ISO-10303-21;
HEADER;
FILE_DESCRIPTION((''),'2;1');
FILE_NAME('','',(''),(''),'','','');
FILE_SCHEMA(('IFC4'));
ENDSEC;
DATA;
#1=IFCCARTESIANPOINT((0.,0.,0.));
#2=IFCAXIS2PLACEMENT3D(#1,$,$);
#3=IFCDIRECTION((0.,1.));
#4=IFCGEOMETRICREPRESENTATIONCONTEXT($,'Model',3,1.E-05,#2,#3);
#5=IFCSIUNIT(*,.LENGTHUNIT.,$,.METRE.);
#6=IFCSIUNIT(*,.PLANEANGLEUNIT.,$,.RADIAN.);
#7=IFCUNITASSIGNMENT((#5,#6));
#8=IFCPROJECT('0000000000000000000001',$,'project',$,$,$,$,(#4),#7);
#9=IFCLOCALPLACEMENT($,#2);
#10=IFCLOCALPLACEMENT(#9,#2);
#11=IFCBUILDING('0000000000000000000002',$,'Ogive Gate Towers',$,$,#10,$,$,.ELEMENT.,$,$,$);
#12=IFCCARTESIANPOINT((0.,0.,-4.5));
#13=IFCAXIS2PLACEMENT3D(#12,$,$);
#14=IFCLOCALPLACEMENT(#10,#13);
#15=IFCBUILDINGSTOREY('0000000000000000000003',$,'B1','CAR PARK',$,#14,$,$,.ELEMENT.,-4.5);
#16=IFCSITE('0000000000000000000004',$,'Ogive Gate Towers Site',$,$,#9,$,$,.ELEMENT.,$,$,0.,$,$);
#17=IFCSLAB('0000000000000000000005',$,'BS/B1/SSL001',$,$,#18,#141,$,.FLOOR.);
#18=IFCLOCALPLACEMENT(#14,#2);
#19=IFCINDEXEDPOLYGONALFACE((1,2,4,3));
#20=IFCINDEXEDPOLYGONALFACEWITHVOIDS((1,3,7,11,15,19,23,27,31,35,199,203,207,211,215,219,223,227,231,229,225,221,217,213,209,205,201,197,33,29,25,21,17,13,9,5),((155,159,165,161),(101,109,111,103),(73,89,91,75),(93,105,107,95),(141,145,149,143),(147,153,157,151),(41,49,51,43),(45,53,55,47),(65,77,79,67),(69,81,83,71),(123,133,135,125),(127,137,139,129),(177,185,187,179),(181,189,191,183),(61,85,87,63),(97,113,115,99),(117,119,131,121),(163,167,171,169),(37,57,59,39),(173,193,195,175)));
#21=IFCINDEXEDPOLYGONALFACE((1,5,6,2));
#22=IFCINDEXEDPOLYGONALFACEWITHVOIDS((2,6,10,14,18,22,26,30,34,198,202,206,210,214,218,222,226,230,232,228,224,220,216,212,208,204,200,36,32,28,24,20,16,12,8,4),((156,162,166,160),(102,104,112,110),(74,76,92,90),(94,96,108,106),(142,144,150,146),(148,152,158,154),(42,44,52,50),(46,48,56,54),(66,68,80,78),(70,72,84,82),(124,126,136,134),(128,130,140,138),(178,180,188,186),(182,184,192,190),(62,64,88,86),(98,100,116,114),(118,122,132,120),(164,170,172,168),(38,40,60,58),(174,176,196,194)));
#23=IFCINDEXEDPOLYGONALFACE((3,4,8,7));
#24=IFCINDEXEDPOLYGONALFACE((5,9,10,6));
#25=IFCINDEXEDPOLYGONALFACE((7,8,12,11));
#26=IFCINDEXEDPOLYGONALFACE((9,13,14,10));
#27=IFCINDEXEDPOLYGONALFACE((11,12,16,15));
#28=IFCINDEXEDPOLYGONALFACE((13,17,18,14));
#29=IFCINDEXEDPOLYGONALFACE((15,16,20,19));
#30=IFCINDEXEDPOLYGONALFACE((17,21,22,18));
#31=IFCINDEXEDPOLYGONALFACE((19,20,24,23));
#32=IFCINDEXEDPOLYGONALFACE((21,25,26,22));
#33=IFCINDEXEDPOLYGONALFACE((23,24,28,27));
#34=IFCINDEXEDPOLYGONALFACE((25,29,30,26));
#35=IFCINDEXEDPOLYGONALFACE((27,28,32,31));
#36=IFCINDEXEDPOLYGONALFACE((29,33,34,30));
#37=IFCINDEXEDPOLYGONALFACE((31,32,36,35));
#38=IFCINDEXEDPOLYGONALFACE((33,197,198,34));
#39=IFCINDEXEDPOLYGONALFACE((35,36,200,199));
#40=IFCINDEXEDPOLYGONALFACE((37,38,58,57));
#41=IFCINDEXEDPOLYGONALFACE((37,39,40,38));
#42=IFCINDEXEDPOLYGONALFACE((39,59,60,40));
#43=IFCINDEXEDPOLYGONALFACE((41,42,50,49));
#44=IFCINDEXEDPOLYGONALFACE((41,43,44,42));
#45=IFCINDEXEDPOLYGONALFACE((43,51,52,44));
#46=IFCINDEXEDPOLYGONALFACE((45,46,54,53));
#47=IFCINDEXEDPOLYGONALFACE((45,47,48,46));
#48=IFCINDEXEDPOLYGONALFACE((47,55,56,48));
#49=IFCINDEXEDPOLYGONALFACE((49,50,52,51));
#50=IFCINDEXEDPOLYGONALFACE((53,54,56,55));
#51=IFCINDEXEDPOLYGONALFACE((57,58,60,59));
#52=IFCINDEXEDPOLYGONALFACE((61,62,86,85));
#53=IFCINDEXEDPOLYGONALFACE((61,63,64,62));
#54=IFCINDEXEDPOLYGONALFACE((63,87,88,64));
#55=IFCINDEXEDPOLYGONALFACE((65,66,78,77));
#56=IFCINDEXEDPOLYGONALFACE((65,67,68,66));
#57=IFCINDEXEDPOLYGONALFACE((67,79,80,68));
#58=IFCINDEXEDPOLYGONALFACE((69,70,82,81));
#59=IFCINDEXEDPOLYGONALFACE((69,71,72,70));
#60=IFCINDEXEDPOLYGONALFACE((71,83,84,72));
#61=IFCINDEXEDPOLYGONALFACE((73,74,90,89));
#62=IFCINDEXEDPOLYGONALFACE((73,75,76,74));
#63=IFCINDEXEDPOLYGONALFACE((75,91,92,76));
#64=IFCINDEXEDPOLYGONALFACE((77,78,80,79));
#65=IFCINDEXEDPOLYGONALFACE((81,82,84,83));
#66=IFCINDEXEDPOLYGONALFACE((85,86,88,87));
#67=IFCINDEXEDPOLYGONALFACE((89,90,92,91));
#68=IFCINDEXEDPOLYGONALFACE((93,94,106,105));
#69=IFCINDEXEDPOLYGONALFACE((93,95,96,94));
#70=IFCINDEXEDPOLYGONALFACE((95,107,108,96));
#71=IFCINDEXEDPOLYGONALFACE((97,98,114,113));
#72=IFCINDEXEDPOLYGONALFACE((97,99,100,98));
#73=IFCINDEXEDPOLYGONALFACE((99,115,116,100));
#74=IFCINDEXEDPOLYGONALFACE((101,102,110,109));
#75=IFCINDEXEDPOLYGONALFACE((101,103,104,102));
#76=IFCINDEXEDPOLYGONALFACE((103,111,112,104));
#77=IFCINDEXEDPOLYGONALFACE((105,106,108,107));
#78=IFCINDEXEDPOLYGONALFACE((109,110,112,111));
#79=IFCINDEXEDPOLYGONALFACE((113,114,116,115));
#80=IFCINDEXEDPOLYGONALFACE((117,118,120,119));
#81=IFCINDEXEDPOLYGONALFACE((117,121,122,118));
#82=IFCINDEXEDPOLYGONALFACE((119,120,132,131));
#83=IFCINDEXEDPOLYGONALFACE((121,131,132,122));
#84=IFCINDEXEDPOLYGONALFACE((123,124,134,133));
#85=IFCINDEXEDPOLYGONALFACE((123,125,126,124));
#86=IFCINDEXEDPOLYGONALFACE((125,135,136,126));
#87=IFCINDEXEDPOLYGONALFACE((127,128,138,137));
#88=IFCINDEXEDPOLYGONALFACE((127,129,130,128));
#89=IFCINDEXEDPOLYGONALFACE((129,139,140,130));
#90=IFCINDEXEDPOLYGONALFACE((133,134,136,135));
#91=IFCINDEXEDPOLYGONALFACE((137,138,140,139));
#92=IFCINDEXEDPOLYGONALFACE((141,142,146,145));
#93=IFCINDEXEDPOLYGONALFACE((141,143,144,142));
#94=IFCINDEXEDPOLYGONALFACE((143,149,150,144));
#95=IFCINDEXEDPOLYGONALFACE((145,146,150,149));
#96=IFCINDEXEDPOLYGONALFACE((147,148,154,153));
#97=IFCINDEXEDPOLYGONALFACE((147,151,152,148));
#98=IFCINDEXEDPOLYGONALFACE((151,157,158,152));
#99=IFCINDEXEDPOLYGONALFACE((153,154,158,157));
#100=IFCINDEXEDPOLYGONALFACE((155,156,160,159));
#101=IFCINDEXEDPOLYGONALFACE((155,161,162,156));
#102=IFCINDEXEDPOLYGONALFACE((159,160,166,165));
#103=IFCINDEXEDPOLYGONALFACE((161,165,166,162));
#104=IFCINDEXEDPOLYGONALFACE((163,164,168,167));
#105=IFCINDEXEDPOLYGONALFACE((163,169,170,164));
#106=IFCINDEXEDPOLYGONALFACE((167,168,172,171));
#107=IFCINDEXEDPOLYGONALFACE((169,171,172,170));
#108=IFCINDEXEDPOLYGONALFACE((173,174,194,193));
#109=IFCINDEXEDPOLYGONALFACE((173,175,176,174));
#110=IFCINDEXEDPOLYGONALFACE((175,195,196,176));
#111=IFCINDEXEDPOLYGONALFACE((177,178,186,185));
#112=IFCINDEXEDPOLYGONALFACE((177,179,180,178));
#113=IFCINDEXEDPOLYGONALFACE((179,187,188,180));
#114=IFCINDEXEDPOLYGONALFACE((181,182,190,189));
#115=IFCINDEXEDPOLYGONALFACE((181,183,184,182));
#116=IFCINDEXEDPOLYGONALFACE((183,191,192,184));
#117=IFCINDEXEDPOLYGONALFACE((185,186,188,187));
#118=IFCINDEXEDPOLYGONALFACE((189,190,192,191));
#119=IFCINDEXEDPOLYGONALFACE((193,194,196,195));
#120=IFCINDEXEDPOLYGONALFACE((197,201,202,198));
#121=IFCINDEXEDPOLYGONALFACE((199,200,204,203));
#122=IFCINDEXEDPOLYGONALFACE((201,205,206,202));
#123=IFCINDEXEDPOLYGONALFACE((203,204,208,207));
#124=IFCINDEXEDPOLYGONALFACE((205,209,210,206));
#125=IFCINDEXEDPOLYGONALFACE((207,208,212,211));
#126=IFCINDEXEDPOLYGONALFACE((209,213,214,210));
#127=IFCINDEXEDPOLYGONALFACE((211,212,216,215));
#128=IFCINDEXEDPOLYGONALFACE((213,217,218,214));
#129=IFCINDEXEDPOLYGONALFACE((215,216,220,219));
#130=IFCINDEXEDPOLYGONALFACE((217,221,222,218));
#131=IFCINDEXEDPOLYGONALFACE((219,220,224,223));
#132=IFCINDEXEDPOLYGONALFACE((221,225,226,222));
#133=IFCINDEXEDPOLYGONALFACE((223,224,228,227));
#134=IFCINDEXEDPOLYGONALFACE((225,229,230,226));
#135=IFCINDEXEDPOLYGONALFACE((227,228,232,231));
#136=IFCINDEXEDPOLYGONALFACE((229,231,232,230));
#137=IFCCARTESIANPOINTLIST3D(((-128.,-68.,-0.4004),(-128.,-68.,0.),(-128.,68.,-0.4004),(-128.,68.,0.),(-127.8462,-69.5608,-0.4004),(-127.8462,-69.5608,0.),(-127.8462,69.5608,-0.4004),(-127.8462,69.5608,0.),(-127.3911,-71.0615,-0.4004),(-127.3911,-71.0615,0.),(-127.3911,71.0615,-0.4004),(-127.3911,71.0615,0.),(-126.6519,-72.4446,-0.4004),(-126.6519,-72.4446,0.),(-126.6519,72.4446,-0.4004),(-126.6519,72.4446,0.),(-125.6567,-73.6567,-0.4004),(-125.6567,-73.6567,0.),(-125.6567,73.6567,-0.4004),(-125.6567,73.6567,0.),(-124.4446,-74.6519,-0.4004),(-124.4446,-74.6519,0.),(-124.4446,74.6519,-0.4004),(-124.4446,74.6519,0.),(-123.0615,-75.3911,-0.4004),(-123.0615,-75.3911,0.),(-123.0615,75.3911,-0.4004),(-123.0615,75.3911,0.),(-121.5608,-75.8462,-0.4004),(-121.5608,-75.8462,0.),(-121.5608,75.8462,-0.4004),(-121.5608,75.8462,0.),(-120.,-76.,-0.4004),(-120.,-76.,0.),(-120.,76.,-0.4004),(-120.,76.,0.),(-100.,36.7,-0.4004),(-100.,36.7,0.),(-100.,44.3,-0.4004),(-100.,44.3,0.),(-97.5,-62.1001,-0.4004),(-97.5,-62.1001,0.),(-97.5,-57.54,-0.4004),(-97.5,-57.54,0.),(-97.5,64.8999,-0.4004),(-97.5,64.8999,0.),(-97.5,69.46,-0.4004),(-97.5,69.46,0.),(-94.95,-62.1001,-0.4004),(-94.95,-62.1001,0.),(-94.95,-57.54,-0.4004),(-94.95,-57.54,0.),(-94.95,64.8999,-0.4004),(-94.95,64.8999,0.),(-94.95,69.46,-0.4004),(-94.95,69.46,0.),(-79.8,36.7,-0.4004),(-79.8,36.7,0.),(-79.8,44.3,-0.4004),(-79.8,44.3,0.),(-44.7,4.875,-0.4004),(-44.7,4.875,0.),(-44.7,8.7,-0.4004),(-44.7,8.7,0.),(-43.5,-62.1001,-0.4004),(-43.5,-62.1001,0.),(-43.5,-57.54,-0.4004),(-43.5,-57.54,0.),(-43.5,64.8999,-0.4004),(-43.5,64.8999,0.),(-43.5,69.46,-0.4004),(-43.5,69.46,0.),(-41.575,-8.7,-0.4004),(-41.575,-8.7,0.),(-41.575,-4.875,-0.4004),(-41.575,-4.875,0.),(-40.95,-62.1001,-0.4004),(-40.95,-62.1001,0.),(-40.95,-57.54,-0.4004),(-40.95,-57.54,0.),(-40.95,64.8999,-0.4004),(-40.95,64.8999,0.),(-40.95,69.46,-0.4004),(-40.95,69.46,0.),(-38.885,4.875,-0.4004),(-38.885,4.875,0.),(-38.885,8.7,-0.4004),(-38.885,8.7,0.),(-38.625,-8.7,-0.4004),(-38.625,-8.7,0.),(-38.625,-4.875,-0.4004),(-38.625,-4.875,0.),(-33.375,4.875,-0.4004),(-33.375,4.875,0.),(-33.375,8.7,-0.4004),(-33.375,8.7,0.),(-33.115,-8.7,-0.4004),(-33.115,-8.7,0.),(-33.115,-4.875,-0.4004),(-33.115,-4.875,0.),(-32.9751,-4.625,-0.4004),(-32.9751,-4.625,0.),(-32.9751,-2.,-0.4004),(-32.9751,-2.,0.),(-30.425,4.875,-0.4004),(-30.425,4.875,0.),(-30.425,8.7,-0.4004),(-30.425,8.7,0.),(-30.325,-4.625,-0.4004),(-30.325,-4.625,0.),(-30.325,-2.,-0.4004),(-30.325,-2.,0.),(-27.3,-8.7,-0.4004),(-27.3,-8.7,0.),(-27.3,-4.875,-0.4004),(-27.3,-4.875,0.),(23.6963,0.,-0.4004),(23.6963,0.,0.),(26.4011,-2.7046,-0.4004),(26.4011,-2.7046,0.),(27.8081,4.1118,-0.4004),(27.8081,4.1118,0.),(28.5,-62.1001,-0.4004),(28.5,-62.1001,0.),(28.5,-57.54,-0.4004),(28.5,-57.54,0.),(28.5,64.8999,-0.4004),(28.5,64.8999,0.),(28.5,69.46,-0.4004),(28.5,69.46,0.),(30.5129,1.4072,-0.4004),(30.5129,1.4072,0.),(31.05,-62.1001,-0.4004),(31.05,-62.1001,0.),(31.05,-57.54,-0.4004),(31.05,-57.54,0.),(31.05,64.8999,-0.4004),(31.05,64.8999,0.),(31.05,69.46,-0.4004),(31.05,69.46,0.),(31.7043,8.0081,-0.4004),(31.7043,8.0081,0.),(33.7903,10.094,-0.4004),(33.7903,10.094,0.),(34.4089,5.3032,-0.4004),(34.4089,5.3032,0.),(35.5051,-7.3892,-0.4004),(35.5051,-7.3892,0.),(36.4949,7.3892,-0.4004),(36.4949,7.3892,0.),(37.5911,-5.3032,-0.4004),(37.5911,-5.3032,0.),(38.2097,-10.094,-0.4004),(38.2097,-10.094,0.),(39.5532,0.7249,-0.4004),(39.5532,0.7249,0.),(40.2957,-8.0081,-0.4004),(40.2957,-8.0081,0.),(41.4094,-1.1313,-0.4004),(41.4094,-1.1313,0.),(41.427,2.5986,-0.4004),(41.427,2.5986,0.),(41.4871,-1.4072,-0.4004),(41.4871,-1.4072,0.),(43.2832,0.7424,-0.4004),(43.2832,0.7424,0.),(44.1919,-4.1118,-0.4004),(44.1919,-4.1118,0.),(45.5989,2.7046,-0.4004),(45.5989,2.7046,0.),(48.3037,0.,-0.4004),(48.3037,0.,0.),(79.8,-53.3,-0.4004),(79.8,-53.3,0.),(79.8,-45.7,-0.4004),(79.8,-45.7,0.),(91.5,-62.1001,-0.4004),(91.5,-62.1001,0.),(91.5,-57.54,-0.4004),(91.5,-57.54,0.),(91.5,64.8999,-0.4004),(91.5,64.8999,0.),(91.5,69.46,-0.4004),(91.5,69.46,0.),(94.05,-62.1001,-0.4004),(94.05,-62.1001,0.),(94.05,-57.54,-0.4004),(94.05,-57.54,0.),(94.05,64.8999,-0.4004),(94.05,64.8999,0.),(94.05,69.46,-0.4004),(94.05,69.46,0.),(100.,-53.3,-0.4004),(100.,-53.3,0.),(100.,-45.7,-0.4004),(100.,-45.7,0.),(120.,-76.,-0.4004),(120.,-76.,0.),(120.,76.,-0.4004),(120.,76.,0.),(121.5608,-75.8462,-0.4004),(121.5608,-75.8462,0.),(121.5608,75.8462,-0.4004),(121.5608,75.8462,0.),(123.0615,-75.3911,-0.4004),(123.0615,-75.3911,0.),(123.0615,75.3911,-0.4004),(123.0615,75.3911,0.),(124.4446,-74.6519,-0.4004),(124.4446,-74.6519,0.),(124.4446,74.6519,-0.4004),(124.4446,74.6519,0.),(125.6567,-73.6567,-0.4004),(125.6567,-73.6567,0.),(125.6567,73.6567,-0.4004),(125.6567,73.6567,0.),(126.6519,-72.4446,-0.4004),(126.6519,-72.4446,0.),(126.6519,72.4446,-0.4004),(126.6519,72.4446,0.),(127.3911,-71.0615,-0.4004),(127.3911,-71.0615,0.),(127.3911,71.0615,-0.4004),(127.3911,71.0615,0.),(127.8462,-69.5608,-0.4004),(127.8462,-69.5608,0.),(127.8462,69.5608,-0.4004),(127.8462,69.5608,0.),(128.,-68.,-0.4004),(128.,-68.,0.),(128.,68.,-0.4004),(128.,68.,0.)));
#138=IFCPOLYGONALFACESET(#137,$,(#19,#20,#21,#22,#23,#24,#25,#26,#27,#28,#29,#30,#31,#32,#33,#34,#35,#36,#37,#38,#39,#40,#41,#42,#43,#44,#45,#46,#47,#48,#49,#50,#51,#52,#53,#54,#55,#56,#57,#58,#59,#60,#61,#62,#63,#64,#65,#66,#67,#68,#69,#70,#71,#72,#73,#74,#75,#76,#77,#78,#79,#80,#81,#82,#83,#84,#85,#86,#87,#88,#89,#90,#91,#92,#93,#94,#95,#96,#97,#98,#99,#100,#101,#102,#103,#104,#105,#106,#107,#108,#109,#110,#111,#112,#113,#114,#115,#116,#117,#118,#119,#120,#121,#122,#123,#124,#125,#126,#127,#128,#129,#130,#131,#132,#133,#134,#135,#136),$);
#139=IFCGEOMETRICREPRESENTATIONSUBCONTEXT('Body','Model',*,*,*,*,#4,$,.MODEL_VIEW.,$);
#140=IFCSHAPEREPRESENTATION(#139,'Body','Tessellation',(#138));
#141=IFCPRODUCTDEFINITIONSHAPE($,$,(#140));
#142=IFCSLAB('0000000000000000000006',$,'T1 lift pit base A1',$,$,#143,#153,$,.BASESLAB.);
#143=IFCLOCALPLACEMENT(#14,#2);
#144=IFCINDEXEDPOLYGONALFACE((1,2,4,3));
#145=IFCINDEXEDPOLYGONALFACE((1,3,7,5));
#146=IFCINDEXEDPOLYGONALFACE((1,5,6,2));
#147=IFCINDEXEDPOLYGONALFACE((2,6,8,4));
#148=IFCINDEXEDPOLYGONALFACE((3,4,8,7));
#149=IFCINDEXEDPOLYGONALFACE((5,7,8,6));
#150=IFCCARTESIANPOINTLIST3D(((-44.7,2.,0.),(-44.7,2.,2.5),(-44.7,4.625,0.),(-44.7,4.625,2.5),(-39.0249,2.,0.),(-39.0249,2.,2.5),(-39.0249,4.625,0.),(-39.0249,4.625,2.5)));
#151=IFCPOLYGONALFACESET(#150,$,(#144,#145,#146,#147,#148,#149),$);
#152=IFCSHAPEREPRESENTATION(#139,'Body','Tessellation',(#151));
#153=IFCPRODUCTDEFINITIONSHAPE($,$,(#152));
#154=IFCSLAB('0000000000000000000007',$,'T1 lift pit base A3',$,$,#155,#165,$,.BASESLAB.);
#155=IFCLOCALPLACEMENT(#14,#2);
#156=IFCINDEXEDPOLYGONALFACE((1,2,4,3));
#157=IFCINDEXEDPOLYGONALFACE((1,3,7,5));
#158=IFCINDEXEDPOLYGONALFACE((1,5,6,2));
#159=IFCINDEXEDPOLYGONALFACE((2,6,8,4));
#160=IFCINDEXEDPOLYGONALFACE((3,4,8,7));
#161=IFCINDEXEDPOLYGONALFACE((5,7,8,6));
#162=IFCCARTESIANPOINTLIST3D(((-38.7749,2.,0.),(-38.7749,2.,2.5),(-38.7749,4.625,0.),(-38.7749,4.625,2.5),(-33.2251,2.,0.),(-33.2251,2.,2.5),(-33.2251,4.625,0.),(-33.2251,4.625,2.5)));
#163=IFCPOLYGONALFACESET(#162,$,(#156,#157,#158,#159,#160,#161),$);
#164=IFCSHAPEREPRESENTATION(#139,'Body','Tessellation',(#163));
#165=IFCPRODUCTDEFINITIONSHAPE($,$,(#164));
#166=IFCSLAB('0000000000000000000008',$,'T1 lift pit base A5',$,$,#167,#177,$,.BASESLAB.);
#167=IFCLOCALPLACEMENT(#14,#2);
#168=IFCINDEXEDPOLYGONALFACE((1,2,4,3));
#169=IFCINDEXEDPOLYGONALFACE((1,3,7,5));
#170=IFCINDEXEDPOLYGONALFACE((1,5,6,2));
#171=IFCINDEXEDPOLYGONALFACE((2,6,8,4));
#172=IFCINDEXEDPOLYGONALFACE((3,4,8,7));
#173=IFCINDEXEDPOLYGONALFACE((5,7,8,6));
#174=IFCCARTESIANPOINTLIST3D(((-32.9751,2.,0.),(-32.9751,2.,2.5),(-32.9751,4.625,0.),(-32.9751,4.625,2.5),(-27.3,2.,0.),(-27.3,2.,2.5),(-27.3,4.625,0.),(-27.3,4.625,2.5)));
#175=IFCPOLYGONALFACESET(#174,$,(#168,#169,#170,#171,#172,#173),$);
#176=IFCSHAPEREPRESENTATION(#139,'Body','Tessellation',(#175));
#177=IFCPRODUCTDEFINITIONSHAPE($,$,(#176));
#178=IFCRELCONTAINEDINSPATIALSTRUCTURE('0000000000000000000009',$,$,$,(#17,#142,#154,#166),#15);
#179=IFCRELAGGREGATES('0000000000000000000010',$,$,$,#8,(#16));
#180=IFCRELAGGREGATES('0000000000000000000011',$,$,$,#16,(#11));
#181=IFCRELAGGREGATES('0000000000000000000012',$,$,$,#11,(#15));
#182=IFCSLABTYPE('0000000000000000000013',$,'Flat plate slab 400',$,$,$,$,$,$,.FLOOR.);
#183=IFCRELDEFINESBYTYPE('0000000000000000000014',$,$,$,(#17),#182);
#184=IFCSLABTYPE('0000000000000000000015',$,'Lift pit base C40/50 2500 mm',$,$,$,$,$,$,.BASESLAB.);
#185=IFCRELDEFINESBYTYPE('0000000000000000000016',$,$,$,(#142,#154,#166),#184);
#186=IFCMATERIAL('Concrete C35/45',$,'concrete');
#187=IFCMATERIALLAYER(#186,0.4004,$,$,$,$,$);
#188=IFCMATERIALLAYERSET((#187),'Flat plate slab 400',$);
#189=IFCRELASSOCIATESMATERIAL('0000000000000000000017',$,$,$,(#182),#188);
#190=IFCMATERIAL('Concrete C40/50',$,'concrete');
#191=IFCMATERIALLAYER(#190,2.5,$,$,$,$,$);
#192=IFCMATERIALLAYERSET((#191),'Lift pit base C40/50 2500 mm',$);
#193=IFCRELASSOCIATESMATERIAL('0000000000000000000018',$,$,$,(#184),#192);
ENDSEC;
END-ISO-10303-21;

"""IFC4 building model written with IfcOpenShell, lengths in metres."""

from ifc_helpers import new_model, si_unit, direction, frame, origin, place, context, subcontext, project, spatial, polyline, outline, extrude, material, layer, layer_set, type_object, element, save


model = new_model("IFC4")

# Units and contexts
model_context = context("Model", 3, precision=1e-05, world=origin(), true_north=direction((0.0, 1.0)))
body_context = subcontext(model_context, "Body", "Model", "MODEL_VIEW")
ifc_project = project(units=[si_unit("LENGTHUNIT", "METRE"), si_unit("PLANEANGLEUNIT", "RADIAN")], contexts=[model_context])

# Site, building, storey
site_placement = place(None, origin())
site = spatial("IfcSite", under=ifc_project, at=site_placement, Name="Ogive Gate Towers Site", CompositionType="ELEMENT", RefElevation=0.0)
building_placement = place(site_placement, origin())
building = spatial("IfcBuilding", under=site, at=building_placement, Name="Ogive Gate Towers", CompositionType="ELEMENT")
storey_placement = place(building_placement, frame((0.0, 0.0, -4.5)))
storey = spatial("IfcBuildingStorey", under=building, at=storey_placement, Name="B1", Description="CAR PARK", CompositionType="ELEMENT", Elevation=-4.5)

# Slabs
ifc_material_1 = material(Name="Concrete C35/45", Category="concrete")
ifc_layer_1 = layer(ifc_material_1, 0.4004)
ifc_layer_set_1 = layer_set([ifc_layer_1], Name="Flat plate slab 400")
slab_type_1 = type_object("IfcSlabType", Name="Flat plate slab 400", PredefinedType="FLOOR", material=ifc_layer_set_1)
slab_1_placement = place(storey_placement, frame((0.0, 0.0, -0.4004)))
element("IfcSlab", 1, at=slab_1_placement, inside=storey, type_object=slab_type_1, Name="BS/B1/SSL001", PredefinedType="FLOOR", context=body_context, shape_type="SweptSolid", body=[
    extrude(outline(polyline([(121.5608, 75.8462), (120.0, 76.0), (-120.0, 76.0), (-121.5608, 75.8462), (-123.0615, 75.3911), (-124.4446, 74.6519), (-125.6567, 73.6567), (-126.6519, 72.4446), (-127.3911, 71.0615), (-127.8462, 69.5608), (-128.0, 68.0), (-128.0, -68.0), (-127.8462, -69.5608), (-127.3911, -71.0615), (-126.6519, -72.4446), (-125.6567, -73.6567), (-124.4446, -74.6519), (-123.0615, -75.3911), (-121.5608, -75.8462), (-120.0, -76.0), (120.0, -76.0), (121.5608, -75.8462), (123.0615, -75.3911), (124.4446, -74.6519), (125.6567, -73.6567), (126.6519, -72.4446), (127.3911, -71.0615), (127.8462, -69.5608), (128.0, -68.0), (128.0, 68.0), (127.8462, 69.5608), (127.3911, 71.0615), (126.6519, 72.4446), (125.6567, 73.6567), (124.4446, 74.6519), (123.0615, 75.3911), (121.5608, 75.8462)]), holes=[polyline([(-32.9751, -4.625), (-32.9751, -2.0), (-30.325, -2.0), (-30.325, -4.625), (-32.9751, -4.625)]), polyline([(-30.425, 8.7), (-30.425, 4.875), (-33.375, 4.875), (-33.375, 8.7), (-30.425, 8.7)]), polyline([(-41.575, -8.7), (-41.575, -4.875), (-38.625, -4.875), (-38.625, -8.7), (-41.575, -8.7)]), polyline([(-44.7, 4.875), (-44.7, 8.7), (-38.885, 8.7), (-38.885, 4.875), (-44.7, 4.875)]), polyline([(-33.115, -8.7), (-33.115, -4.875), (-27.3, -4.875), (-27.3, -8.7), (-33.115, -8.7)]), polyline([(39.5532, 0.7249), (41.427, 2.5986), (43.2832, 0.7424), (41.4094, -1.1313), (39.5532, 0.7249)]), polyline([(36.4949, 7.3892), (34.4089, 5.3032), (31.7043, 8.0081), (33.7903, 10.094), (36.4949, 7.3892)]), polyline([(35.5051, -7.3892), (37.5911, -5.3032), (40.2957, -8.0081), (38.2097, -10.094), (35.5051, -7.3892)]), polyline([(23.6963, 0.0), (27.8081, 4.1118), (30.5129, 1.4072), (26.4011, -2.7046), (23.6963, 0.0)]), polyline([(41.4871, -1.4072), (45.5989, 2.7046), (48.3037, 0.0), (44.1919, -4.1118), (41.4871, -1.4072)]), polyline([(-100.0, 44.3), (-79.8, 44.3), (-79.8, 36.7), (-100.0, 36.7), (-100.0, 44.3)]), polyline([(100.0, -45.7), (100.0, -53.3), (79.8, -53.3), (79.8, -45.7), (100.0, -45.7)]), polyline([(-94.95, 64.8999), (-97.5, 64.8999), (-97.5, 69.46), (-94.95, 69.46), (-94.95, 64.8999)]), polyline([(-43.5, 64.8999), (-43.5, 69.46), (-40.95, 69.46), (-40.95, 64.8999), (-43.5, 64.8999)]), polyline([(28.5, 69.46), (31.05, 69.46), (31.05, 64.8999), (28.5, 64.8999), (28.5, 69.46)]), polyline([(94.05, 69.46), (94.05, 64.8999), (91.5, 64.8999), (91.5, 69.46), (94.05, 69.46)]), polyline([(-94.95, -62.1001), (-97.5, -62.1001), (-97.5, -57.54), (-94.95, -57.54), (-94.95, -62.1001)]), polyline([(-43.5, -62.1001), (-43.5, -57.54), (-40.95, -57.54), (-40.95, -62.1001), (-43.5, -62.1001)]), polyline([(28.5, -57.54), (31.05, -57.54), (31.05, -62.1001), (28.5, -62.1001), (28.5, -57.54)]), polyline([(94.05, -57.54), (94.05, -62.1001), (91.5, -62.1001), (91.5, -57.54), (94.05, -57.54)])]), origin(), (0.0, 0.0, 1.0), 0.4004),
])
ifc_material_2 = material(Name="Concrete C40/50", Category="concrete")
ifc_layer_2 = layer(ifc_material_2, 2.5)
ifc_layer_set_2 = layer_set([ifc_layer_2], Name="Lift pit base C40/50 2500 mm")
slab_type_2 = type_object("IfcSlabType", Name="Lift pit base C40/50 2500 mm", PredefinedType="BASESLAB", material=ifc_layer_set_2)
slab_2_placement = place(storey_placement, origin())
element("IfcSlab", 2, at=slab_2_placement, inside=storey, type_object=slab_type_2, Name="T1 lift pit base A1", PredefinedType="BASESLAB", context=body_context, shape_type="SweptSolid", body=[
    extrude(outline(polyline([(-44.7, 2.0), (-39.0249, 2.0), (-39.0249, 4.625), (-44.7, 4.625), (-44.7, 2.0)])), origin(), (0.0, 0.0, 1.0), 2.5),
])
slab_3_placement = place(storey_placement, origin())
element("IfcSlab", 3, at=slab_3_placement, inside=storey, type_object=slab_type_2, Name="T1 lift pit base A3", PredefinedType="BASESLAB", context=body_context, shape_type="SweptSolid", body=[
    extrude(outline(polyline([(-38.7749, 2.0), (-33.2251, 2.0), (-33.2251, 4.625), (-38.7749, 4.625), (-38.7749, 2.0)])), origin(), (0.0, 0.0, 1.0), 2.5),
])
slab_4_placement = place(storey_placement, origin())
element("IfcSlab", 4, at=slab_4_placement, inside=storey, type_object=slab_type_2, Name="T1 lift pit base A5", PredefinedType="BASESLAB", context=body_context, shape_type="SweptSolid", body=[
    extrude(outline(polyline([(-32.9751, 2.0), (-27.3, 2.0), (-27.3, 4.625), (-32.9751, 4.625), (-32.9751, 2.0)])), origin(), (0.0, 0.0, 1.0), 2.5),
])

save(model, "model.ifc")
